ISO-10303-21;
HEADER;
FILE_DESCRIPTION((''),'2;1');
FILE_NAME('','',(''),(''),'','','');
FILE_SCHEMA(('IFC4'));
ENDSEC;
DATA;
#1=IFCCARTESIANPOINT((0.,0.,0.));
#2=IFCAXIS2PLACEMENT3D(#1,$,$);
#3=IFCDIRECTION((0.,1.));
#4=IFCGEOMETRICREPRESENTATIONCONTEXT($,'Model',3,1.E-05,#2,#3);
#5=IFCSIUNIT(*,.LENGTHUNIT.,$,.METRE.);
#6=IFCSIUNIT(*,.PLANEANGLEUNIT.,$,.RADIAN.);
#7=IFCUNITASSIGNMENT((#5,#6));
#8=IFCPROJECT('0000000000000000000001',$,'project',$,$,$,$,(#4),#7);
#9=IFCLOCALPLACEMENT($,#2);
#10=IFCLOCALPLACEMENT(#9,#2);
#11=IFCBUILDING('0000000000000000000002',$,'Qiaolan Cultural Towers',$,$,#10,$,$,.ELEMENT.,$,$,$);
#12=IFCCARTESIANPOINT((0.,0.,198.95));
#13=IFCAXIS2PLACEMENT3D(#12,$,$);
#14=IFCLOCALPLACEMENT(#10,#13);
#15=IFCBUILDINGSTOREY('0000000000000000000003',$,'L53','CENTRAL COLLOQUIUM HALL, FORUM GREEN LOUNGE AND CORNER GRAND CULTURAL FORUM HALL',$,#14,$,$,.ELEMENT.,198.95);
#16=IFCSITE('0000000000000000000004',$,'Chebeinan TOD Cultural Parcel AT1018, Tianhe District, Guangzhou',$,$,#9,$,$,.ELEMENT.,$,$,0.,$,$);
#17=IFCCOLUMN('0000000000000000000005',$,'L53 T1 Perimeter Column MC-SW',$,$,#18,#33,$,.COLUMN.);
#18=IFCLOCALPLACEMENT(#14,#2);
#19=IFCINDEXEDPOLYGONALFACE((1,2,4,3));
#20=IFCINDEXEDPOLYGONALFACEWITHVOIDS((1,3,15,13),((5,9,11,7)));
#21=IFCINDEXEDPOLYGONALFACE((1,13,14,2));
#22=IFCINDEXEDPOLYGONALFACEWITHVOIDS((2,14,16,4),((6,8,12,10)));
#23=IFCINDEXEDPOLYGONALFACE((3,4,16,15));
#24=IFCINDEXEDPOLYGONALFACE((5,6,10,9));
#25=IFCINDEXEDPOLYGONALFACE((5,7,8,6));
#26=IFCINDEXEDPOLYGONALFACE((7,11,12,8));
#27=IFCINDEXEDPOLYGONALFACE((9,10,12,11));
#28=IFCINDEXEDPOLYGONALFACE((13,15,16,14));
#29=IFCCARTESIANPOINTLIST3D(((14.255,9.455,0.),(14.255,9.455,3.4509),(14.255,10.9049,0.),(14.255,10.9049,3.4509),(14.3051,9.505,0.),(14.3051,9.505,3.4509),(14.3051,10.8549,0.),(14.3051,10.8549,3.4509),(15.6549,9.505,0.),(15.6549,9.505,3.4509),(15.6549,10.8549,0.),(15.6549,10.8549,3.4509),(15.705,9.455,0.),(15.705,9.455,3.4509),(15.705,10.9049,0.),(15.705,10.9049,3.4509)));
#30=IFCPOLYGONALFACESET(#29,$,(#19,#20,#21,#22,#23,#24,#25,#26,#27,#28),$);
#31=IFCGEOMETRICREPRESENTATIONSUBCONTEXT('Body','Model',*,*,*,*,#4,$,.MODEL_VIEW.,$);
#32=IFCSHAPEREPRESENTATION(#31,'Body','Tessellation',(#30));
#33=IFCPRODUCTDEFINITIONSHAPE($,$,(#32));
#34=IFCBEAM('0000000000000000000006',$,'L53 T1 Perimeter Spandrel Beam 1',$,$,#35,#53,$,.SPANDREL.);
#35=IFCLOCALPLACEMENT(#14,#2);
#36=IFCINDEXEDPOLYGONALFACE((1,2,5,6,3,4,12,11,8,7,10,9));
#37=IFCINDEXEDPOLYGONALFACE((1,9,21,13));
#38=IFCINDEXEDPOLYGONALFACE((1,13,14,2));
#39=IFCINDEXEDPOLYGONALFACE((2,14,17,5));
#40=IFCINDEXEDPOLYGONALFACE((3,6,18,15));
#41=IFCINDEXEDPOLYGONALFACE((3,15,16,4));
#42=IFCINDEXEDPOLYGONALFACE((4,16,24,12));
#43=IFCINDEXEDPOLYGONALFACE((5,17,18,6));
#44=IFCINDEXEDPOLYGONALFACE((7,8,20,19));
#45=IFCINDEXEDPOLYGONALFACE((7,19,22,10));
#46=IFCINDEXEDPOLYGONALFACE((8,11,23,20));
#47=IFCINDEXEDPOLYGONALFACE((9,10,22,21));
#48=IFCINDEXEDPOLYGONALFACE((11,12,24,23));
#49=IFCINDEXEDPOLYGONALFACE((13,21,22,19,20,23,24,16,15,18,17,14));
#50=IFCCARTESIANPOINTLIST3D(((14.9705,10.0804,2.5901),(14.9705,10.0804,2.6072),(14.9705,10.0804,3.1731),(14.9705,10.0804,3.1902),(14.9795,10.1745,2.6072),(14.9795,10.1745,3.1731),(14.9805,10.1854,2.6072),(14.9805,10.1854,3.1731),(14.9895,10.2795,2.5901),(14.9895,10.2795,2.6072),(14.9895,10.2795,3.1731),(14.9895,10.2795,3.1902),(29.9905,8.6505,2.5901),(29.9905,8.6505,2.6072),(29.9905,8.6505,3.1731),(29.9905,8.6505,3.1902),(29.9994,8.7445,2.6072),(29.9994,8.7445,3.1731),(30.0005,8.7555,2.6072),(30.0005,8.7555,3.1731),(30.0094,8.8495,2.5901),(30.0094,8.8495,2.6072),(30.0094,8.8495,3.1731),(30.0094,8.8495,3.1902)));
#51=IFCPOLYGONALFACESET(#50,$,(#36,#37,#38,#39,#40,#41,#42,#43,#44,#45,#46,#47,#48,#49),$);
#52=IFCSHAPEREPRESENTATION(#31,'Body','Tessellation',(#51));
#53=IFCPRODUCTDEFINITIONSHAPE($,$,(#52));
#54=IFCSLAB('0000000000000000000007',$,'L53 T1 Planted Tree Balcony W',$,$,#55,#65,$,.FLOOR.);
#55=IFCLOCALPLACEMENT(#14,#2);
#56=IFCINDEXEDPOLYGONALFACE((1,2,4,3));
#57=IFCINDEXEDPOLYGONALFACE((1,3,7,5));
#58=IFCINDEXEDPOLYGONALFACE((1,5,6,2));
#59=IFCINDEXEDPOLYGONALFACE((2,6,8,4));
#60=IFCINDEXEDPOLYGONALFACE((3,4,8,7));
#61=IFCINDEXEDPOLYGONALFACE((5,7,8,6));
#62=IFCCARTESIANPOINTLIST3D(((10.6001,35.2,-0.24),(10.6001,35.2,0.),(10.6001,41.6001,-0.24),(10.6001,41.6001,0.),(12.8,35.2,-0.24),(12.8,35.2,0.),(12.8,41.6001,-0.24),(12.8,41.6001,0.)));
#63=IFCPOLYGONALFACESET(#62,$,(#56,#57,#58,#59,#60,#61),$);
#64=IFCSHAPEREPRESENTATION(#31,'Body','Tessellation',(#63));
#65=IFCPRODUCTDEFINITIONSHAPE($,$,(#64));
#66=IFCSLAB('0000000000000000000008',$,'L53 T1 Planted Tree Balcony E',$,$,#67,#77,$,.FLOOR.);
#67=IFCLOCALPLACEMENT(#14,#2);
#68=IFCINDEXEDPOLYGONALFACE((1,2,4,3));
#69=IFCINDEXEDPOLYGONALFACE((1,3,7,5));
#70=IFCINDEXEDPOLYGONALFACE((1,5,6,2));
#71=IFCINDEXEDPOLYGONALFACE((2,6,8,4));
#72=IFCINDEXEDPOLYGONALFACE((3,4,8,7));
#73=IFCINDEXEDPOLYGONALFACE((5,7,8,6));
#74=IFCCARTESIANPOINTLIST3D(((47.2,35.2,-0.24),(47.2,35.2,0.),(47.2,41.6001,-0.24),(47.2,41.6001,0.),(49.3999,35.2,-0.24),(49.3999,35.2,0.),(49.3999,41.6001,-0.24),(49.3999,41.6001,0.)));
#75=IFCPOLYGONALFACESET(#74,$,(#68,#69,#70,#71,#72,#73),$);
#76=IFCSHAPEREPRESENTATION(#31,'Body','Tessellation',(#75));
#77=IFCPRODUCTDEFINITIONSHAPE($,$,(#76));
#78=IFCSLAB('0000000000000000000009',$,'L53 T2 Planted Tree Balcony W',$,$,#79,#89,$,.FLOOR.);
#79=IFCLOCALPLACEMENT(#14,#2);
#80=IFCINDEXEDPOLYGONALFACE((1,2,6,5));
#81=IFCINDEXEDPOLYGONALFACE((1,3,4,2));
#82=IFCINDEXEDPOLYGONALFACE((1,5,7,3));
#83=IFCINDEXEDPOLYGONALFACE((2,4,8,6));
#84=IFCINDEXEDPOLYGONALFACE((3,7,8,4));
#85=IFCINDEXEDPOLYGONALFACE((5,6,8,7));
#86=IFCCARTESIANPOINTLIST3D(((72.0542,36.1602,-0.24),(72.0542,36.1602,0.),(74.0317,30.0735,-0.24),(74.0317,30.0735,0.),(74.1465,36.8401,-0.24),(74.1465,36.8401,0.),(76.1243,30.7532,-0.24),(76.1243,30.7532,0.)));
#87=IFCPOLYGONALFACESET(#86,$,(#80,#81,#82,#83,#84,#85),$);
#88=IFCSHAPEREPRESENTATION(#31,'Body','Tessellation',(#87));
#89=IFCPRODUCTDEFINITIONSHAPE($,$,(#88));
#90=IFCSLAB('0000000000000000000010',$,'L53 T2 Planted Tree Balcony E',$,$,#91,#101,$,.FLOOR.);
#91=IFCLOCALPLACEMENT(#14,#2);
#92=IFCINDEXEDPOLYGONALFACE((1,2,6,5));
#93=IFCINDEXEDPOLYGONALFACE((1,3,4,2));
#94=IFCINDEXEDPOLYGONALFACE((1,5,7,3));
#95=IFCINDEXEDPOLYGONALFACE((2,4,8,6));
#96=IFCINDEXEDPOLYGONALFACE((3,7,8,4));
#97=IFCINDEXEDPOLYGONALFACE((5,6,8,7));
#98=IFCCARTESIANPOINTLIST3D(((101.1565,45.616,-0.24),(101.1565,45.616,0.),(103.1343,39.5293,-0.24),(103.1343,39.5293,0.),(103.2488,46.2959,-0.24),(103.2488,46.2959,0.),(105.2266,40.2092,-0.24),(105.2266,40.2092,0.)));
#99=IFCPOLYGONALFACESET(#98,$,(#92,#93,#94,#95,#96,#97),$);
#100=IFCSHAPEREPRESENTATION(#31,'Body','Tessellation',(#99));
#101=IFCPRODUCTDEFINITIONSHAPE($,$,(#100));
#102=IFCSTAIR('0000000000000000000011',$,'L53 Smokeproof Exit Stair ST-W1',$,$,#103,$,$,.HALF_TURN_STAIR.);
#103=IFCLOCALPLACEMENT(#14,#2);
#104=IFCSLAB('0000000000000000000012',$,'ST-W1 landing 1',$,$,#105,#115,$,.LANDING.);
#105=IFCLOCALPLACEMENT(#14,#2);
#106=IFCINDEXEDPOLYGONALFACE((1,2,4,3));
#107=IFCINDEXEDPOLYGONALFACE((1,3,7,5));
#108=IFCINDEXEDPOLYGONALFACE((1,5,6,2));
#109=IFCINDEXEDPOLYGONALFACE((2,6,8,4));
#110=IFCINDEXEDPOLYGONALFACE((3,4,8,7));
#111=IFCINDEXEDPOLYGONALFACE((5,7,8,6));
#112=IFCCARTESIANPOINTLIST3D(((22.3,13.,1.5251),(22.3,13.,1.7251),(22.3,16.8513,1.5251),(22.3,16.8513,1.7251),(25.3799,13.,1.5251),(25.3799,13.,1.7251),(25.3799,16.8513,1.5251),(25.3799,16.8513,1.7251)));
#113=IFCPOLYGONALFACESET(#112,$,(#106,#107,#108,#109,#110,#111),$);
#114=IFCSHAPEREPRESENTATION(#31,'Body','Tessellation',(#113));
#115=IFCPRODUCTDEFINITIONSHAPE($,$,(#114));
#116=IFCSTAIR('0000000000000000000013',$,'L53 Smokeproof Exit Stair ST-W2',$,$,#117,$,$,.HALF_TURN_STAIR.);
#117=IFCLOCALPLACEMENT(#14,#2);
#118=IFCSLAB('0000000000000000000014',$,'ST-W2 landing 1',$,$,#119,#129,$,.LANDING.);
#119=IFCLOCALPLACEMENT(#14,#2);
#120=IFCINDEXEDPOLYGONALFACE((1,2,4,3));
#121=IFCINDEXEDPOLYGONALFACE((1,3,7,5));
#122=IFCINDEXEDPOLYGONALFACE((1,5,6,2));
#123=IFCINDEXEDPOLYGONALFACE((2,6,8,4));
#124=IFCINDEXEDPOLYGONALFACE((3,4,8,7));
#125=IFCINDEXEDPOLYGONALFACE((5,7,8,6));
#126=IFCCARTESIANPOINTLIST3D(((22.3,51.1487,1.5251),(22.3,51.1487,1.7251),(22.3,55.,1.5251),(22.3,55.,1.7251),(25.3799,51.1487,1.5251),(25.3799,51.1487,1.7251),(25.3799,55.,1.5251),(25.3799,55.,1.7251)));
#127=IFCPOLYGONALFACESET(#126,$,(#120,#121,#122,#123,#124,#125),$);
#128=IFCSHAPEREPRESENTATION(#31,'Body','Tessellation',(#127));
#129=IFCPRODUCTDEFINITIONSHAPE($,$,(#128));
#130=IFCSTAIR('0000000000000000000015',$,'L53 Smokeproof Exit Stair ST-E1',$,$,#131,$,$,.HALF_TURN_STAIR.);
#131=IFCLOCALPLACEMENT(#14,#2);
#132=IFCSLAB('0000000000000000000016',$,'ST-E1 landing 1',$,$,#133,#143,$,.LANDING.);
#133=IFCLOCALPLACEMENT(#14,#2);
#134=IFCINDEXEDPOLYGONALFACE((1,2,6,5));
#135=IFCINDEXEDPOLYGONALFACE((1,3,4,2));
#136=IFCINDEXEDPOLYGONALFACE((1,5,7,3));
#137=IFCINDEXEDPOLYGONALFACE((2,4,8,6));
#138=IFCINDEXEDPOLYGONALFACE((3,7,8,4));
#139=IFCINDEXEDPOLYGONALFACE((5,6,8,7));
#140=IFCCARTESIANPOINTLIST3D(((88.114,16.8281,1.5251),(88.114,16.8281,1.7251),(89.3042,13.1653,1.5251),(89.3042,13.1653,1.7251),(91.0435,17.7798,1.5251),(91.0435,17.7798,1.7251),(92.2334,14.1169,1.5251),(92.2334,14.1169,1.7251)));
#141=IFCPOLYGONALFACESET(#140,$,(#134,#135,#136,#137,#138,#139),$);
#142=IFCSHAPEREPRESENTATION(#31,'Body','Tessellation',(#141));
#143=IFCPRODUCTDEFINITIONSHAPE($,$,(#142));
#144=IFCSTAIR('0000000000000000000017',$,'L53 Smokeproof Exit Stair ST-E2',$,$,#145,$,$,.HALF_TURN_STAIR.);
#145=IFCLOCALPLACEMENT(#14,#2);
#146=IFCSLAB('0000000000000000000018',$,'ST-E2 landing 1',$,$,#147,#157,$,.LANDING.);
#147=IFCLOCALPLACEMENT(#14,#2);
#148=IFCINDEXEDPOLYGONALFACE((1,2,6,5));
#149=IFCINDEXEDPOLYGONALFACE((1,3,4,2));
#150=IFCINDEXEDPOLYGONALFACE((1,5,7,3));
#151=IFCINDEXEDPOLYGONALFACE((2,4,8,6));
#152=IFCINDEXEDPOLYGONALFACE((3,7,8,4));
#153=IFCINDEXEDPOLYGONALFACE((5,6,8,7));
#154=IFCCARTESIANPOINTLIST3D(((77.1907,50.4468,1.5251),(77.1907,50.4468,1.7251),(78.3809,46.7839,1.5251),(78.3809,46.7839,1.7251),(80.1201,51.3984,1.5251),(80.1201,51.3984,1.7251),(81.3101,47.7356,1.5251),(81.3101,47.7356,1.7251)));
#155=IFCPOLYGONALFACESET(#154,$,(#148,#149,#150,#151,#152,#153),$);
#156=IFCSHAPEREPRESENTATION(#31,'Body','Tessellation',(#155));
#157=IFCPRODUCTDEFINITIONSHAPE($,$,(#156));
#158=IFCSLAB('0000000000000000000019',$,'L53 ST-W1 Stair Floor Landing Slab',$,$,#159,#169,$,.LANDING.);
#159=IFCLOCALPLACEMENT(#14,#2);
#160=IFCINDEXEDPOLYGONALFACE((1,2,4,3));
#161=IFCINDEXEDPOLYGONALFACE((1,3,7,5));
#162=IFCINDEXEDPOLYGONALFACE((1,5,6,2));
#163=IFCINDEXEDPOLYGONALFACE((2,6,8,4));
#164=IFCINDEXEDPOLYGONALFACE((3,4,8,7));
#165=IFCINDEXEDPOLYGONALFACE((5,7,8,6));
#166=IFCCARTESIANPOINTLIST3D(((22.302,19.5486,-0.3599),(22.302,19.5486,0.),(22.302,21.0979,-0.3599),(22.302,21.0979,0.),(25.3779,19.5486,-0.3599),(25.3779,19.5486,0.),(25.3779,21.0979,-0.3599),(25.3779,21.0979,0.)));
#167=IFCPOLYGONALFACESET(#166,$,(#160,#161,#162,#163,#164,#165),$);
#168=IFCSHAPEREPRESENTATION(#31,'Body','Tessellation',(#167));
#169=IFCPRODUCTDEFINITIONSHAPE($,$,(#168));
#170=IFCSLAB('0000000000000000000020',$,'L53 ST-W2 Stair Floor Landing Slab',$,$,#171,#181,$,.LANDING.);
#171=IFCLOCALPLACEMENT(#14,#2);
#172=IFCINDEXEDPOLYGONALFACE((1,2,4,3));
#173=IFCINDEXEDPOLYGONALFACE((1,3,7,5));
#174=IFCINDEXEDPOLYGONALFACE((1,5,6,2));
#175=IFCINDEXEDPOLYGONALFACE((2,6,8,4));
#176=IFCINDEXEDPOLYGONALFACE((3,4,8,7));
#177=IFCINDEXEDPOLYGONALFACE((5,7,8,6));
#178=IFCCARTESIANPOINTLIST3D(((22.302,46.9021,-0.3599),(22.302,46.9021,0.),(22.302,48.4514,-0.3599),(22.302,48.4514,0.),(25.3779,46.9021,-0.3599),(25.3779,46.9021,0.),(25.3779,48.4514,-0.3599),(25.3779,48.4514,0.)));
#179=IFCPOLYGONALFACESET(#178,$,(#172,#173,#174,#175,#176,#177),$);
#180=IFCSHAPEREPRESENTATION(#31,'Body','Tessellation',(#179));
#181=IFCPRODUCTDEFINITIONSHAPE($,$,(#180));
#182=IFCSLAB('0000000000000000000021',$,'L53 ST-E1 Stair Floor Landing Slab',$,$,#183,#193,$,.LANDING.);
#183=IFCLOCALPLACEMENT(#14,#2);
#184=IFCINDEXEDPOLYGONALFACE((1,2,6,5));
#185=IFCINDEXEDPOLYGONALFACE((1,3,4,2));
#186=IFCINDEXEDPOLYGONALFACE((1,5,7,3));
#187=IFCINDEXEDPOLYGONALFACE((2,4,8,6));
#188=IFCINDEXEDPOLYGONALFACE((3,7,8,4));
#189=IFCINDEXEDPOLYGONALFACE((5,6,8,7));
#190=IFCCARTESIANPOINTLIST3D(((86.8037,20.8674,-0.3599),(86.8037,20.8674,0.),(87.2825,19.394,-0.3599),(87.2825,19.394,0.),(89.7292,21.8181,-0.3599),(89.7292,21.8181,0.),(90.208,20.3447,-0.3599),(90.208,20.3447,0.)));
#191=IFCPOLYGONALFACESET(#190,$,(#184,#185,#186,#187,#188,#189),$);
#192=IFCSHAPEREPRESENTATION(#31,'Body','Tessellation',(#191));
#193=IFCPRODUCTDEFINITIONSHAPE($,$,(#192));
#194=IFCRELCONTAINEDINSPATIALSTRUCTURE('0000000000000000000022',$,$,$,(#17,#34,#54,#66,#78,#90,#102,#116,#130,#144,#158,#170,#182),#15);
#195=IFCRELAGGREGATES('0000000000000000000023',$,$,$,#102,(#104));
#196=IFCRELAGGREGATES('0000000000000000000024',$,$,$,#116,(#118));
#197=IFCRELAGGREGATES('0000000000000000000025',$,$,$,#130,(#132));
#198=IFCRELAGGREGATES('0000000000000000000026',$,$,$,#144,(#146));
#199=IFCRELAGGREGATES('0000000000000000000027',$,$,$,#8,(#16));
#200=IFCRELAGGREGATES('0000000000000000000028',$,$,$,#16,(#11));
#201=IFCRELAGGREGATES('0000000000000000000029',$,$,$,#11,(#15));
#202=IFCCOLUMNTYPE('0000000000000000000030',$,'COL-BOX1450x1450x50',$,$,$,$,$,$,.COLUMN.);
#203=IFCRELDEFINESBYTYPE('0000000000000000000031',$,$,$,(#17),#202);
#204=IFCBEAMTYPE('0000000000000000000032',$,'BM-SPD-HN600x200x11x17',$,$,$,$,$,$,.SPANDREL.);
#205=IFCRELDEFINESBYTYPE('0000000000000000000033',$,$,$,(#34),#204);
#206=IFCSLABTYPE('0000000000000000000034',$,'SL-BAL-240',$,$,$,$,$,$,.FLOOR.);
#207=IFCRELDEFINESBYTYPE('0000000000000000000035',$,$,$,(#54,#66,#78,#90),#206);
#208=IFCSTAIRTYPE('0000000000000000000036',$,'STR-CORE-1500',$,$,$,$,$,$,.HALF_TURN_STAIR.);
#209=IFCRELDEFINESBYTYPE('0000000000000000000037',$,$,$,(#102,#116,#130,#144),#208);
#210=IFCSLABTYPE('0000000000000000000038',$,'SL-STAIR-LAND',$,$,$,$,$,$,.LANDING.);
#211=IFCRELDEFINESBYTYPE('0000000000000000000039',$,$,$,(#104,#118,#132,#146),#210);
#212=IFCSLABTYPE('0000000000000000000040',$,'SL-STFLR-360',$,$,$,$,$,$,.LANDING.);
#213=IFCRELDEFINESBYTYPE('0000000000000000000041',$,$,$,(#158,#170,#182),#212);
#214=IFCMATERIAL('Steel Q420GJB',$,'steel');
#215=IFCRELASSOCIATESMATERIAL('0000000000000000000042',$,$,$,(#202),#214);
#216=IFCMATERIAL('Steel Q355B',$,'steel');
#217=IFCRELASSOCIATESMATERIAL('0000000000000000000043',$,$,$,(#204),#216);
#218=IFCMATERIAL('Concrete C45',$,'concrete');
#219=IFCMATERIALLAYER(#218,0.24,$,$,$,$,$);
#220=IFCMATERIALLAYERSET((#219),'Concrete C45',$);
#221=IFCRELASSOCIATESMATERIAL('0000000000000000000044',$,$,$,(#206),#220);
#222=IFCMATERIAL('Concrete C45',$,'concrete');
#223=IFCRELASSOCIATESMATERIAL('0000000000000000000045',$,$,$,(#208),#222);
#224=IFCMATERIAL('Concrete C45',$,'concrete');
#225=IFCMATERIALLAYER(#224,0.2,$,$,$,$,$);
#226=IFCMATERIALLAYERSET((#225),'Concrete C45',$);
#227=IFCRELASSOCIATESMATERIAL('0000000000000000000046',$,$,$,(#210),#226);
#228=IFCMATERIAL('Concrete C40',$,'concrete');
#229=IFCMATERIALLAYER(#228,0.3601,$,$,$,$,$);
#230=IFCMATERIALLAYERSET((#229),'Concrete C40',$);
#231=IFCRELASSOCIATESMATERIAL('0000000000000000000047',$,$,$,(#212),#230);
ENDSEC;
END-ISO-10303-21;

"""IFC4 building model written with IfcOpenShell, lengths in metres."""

from ifc_helpers import new_model, si_unit, direction, frame, origin, origin_2d, place, context, subcontext, project, spatial, polyline, hollow_rectangle, i_section, outline, extrude, material, layer, layer_set, material_profile, profile_set, type_object, element, aggregate, save


model = new_model("IFC4")

# Units and contexts
model_context = context("Model", 3, precision=1e-05, world=origin(), true_north=direction((0.0, 1.0)))
body_context = subcontext(model_context, "Body", "Model", "MODEL_VIEW")
ifc_project = project(units=[si_unit("LENGTHUNIT", "METRE"), si_unit("PLANEANGLEUNIT", "RADIAN")], contexts=[model_context])

# Site, building, storey
site_placement = place(None, origin())
site = spatial("IfcSite", under=ifc_project, at=site_placement, Name="Chebeinan TOD Cultural Parcel AT1018, Tianhe District, Guangzhou", CompositionType="ELEMENT", RefElevation=0.0)
building_placement = place(site_placement, origin())
building = spatial("IfcBuilding", under=site, at=building_placement, Name="Qiaolan Cultural Towers", CompositionType="ELEMENT")
storey_placement = place(building_placement, frame((0.0, 0.0, 198.95)))
storey = spatial("IfcBuildingStorey", under=building, at=storey_placement, Name="L53", Description="CENTRAL COLLOQUIUM HALL, FORUM GREEN LOUNGE AND CORNER GRAND CULTURAL FORUM HALL", CompositionType="ELEMENT", Elevation=198.95)

# Column
ifc_material_1 = material(Name="Steel Q420GJB", Category="steel")
ifc_material_profile_1 = material_profile(ifc_material_1, hollow_rectangle(XDim=1.45, YDim=1.45, WallThickness=0.05, at=origin_2d()), Name="BOX1450x1450x50")
ifc_profile_set_1 = profile_set([ifc_material_profile_1], Name="Steel Q420GJB")
column_type = type_object("IfcColumnType", Name="COL-BOX1450x1450x50", PredefinedType="COLUMN", material=ifc_profile_set_1)
column_placement = place(storey_placement, frame((14.98, 10.1799, 0.0), z_axis=(0.0, 0.0, 1.0), x_axis=(1.0, 0.0, 0.0)))
element("IfcColumn", 1, at=column_placement, inside=storey, type_object=column_type, Name="L53 T1 Perimeter Column MC-SW", PredefinedType="COLUMN", context=body_context, shape_type="SweptSolid", body=[
    extrude(hollow_rectangle(XDim=1.45, YDim=1.45, WallThickness=0.05, at=origin_2d()), origin(), (0.0, 0.0, 1.0), 3.4509),
])

# Beam
ifc_material_2 = material(Name="Steel Q355B", Category="steel")
ifc_material_profile_2 = material_profile(ifc_material_2, i_section(OverallWidth=0.2, OverallDepth=0.6001, WebThickness=0.011, FlangeThickness=0.0171, at=origin_2d()), Name="HN600x200x11x17")
ifc_profile_set_2 = profile_set([ifc_material_profile_2], Name="Steel Q355B")
beam_type = type_object("IfcBeamType", Name="BM-SPD-HN600x200x11x17", PredefinedType="SPANDREL", material=ifc_profile_set_2)
beam_placement = place(storey_placement, frame((14.98, 10.1799, 2.8901), z_axis=(0.995499, -0.094773, 0.0), x_axis=(0.094773, 0.995499, 0.0)))
element("IfcBeam", 2, at=beam_placement, inside=storey, type_object=beam_type, Name="L53 T1 Perimeter Spandrel Beam 1", PredefinedType="SPANDREL", context=body_context, shape_type="SweptSolid", body=[
    extrude(i_section(OverallWidth=0.2, OverallDepth=0.6001, WebThickness=0.011, FlangeThickness=0.0171, at=origin_2d()), origin(), (0.0, 0.0, 1.0), 15.0879),
])

# Slabs
ifc_material_3 = material(Name="Concrete C45", Category="concrete")
ifc_layer_1 = layer(ifc_material_3, 0.24)
ifc_layer_set_1 = layer_set([ifc_layer_1], Name="Concrete C45")
slab_type_1 = type_object("IfcSlabType", Name="SL-BAL-240", PredefinedType="FLOOR", material=ifc_layer_set_1)
slab_1_placement = place(storey_placement, frame((0.0, 0.0, -0.24)))
element("IfcSlab", 3, at=slab_1_placement, inside=storey, type_object=slab_type_1, Name="L53 T1 Planted Tree Balcony W", PredefinedType="FLOOR", context=body_context, shape_type="SweptSolid", body=[
    extrude(outline(polyline([(10.6001, 35.2), (12.8, 35.2), (12.8, 41.6001), (10.6001, 41.6001), (10.6001, 35.2)])), origin(), (0.0, 0.0, 1.0), 0.24),
])
slab_2_placement = place(storey_placement, frame((0.0, 0.0, -0.24)))
element("IfcSlab", 4, at=slab_2_placement, inside=storey, type_object=slab_type_1, Name="L53 T1 Planted Tree Balcony E", PredefinedType="FLOOR", context=body_context, shape_type="SweptSolid", body=[
    extrude(outline(polyline([(47.2, 35.2), (49.3999, 35.2), (49.3999, 41.6001), (47.2, 41.6001), (47.2, 35.2)])), origin(), (0.0, 0.0, 1.0), 0.24),
])
slab_3_placement = place(storey_placement, frame((0.0, 0.0, -0.24)))
element("IfcSlab", 5, at=slab_3_placement, inside=storey, type_object=slab_type_1, Name="L53 T2 Planted Tree Balcony W", PredefinedType="FLOOR", context=body_context, shape_type="SweptSolid", body=[
    extrude(outline(polyline([(74.0317, 30.0735), (76.1243, 30.7532), (74.1465, 36.8401), (72.0542, 36.1602), (74.0317, 30.0735)])), origin(), (0.0, 0.0, 1.0), 0.24),
])
slab_4_placement = place(storey_placement, frame((0.0, 0.0, -0.24)))
element("IfcSlab", 6, at=slab_4_placement, inside=storey, type_object=slab_type_1, Name="L53 T2 Planted Tree Balcony E", PredefinedType="FLOOR", context=body_context, shape_type="SweptSolid", body=[
    extrude(outline(polyline([(103.1343, 39.5293), (105.2266, 40.2092), (103.2488, 46.2959), (101.1565, 45.616), (103.1343, 39.5293)])), origin(), (0.0, 0.0, 1.0), 0.24),
])

# Stairs, slabs
ifc_material_4 = material(Name="Concrete C45", Category="concrete")
stair_type = type_object("IfcStairType", Name="STR-CORE-1500", PredefinedType="HALF_TURN_STAIR", material=ifc_material_4)
stair_1_placement = place(storey_placement, origin())
stair_1 = element("IfcStair", 7, at=stair_1_placement, inside=storey, type_object=stair_type, Name="L53 Smokeproof Exit Stair ST-W1", PredefinedType="HALF_TURN_STAIR")
ifc_material_5 = material(Name="Concrete C45", Category="concrete")
ifc_layer_2 = layer(ifc_material_5, 0.2)
ifc_layer_set_2 = layer_set([ifc_layer_2], Name="Concrete C45")
slab_type_2 = type_object("IfcSlabType", Name="SL-STAIR-LAND", PredefinedType="LANDING", material=ifc_layer_set_2)
slab_5_placement = place(storey_placement, frame((0.0, 0.0, 1.5251)))
slab_5 = element("IfcSlab", 8, at=slab_5_placement, type_object=slab_type_2, Name="ST-W1 landing 1", PredefinedType="LANDING", context=body_context, shape_type="SweptSolid", body=[
    extrude(outline(polyline([(22.3, 16.8513), (22.3, 13.0), (25.3799, 13.0), (25.3799, 16.8513), (22.3, 16.8513)])), origin(), (0.0, 0.0, 1.0), 0.2),
])
aggregate(stair_1, [slab_5])
stair_2_placement = place(storey_placement, origin())
stair_2 = element("IfcStair", 9, at=stair_2_placement, inside=storey, type_object=stair_type, Name="L53 Smokeproof Exit Stair ST-W2", PredefinedType="HALF_TURN_STAIR")
slab_6_placement = place(storey_placement, frame((0.0, 0.0, 1.5251)))
slab_6 = element("IfcSlab", 10, at=slab_6_placement, type_object=slab_type_2, Name="ST-W2 landing 1", PredefinedType="LANDING", context=body_context, shape_type="SweptSolid", body=[
    extrude(outline(polyline([(25.3799, 51.1487), (25.3799, 55.0), (22.3, 55.0), (22.3, 51.1487), (25.3799, 51.1487)])), origin(), (0.0, 0.0, 1.0), 0.2),
])
aggregate(stair_2, [slab_6])
stair_3_placement = place(storey_placement, origin())
stair_3 = element("IfcStair", 11, at=stair_3_placement, inside=storey, type_object=stair_type, Name="L53 Smokeproof Exit Stair ST-E1", PredefinedType="HALF_TURN_STAIR")
slab_7_placement = place(storey_placement, frame((0.0, 0.0, 1.5251)))
slab_7 = element("IfcSlab", 12, at=slab_7_placement, type_object=slab_type_2, Name="ST-E1 landing 1", PredefinedType="LANDING", context=body_context, shape_type="SweptSolid", body=[
    extrude(outline(polyline([(88.114, 16.8281), (89.3042, 13.1653), (92.2334, 14.1169), (91.0435, 17.7798), (88.114, 16.8281)])), origin(), (0.0, 0.0, 1.0), 0.2),
])
aggregate(stair_3, [slab_7])
stair_4_placement = place(storey_placement, origin())
stair_4 = element("IfcStair", 13, at=stair_4_placement, inside=storey, type_object=stair_type, Name="L53 Smokeproof Exit Stair ST-E2", PredefinedType="HALF_TURN_STAIR")
slab_8_placement = place(storey_placement, frame((0.0, 0.0, 1.5251)))
slab_8 = element("IfcSlab", 14, at=slab_8_placement, type_object=slab_type_2, Name="ST-E2 landing 1", PredefinedType="LANDING", context=body_context, shape_type="SweptSolid", body=[
    extrude(outline(polyline([(81.3101, 47.7356), (80.1201, 51.3984), (77.1907, 50.4468), (78.3809, 46.7839), (81.3101, 47.7356)])), origin(), (0.0, 0.0, 1.0), 0.2),
])
aggregate(stair_4, [slab_8])

# Slabs
ifc_material_6 = material(Name="Concrete C40", Category="concrete")
ifc_layer_3 = layer(ifc_material_6, 0.3601)
ifc_layer_set_3 = layer_set([ifc_layer_3], Name="Concrete C40")
slab_type_3 = type_object("IfcSlabType", Name="SL-STFLR-360", PredefinedType="LANDING", material=ifc_layer_set_3)
slab_9_placement = place(storey_placement, frame((0.0, 0.0, -0.3599)))
element("IfcSlab", 15, at=slab_9_placement, inside=storey, type_object=slab_type_3, Name="L53 ST-W1 Stair Floor Landing Slab", PredefinedType="LANDING", context=body_context, shape_type="SweptSolid", body=[
    extrude(outline(polyline([(22.302, 21.0979), (22.302, 19.5486), (25.3779, 19.5486), (25.3779, 21.0979), (22.302, 21.0979)])), origin(), (0.0, 0.0, 1.0), 0.3599),
])
slab_10_placement = place(storey_placement, frame((0.0, 0.0, -0.3599)))
element("IfcSlab", 16, at=slab_10_placement, inside=storey, type_object=slab_type_3, Name="L53 ST-W2 Stair Floor Landing Slab", PredefinedType="LANDING", context=body_context, shape_type="SweptSolid", body=[
    extrude(outline(polyline([(25.3779, 46.9021), (25.3779, 48.4514), (22.302, 48.4514), (22.302, 46.9021), (25.3779, 46.9021)])), origin(), (0.0, 0.0, 1.0), 0.3599),
])
slab_11_placement = place(storey_placement, frame((0.0, 0.0, -0.3599)))
element("IfcSlab", 17, at=slab_11_placement, inside=storey, type_object=slab_type_3, Name="L53 ST-E1 Stair Floor Landing Slab", PredefinedType="LANDING", context=body_context, shape_type="SweptSolid", body=[
    extrude(outline(polyline([(86.8037, 20.8674), (87.2825, 19.394), (90.208, 20.3447), (89.7292, 21.8181), (86.8037, 20.8674)])), origin(), (0.0, 0.0, 1.0), 0.3599),
])

save(model, "model.ifc")
